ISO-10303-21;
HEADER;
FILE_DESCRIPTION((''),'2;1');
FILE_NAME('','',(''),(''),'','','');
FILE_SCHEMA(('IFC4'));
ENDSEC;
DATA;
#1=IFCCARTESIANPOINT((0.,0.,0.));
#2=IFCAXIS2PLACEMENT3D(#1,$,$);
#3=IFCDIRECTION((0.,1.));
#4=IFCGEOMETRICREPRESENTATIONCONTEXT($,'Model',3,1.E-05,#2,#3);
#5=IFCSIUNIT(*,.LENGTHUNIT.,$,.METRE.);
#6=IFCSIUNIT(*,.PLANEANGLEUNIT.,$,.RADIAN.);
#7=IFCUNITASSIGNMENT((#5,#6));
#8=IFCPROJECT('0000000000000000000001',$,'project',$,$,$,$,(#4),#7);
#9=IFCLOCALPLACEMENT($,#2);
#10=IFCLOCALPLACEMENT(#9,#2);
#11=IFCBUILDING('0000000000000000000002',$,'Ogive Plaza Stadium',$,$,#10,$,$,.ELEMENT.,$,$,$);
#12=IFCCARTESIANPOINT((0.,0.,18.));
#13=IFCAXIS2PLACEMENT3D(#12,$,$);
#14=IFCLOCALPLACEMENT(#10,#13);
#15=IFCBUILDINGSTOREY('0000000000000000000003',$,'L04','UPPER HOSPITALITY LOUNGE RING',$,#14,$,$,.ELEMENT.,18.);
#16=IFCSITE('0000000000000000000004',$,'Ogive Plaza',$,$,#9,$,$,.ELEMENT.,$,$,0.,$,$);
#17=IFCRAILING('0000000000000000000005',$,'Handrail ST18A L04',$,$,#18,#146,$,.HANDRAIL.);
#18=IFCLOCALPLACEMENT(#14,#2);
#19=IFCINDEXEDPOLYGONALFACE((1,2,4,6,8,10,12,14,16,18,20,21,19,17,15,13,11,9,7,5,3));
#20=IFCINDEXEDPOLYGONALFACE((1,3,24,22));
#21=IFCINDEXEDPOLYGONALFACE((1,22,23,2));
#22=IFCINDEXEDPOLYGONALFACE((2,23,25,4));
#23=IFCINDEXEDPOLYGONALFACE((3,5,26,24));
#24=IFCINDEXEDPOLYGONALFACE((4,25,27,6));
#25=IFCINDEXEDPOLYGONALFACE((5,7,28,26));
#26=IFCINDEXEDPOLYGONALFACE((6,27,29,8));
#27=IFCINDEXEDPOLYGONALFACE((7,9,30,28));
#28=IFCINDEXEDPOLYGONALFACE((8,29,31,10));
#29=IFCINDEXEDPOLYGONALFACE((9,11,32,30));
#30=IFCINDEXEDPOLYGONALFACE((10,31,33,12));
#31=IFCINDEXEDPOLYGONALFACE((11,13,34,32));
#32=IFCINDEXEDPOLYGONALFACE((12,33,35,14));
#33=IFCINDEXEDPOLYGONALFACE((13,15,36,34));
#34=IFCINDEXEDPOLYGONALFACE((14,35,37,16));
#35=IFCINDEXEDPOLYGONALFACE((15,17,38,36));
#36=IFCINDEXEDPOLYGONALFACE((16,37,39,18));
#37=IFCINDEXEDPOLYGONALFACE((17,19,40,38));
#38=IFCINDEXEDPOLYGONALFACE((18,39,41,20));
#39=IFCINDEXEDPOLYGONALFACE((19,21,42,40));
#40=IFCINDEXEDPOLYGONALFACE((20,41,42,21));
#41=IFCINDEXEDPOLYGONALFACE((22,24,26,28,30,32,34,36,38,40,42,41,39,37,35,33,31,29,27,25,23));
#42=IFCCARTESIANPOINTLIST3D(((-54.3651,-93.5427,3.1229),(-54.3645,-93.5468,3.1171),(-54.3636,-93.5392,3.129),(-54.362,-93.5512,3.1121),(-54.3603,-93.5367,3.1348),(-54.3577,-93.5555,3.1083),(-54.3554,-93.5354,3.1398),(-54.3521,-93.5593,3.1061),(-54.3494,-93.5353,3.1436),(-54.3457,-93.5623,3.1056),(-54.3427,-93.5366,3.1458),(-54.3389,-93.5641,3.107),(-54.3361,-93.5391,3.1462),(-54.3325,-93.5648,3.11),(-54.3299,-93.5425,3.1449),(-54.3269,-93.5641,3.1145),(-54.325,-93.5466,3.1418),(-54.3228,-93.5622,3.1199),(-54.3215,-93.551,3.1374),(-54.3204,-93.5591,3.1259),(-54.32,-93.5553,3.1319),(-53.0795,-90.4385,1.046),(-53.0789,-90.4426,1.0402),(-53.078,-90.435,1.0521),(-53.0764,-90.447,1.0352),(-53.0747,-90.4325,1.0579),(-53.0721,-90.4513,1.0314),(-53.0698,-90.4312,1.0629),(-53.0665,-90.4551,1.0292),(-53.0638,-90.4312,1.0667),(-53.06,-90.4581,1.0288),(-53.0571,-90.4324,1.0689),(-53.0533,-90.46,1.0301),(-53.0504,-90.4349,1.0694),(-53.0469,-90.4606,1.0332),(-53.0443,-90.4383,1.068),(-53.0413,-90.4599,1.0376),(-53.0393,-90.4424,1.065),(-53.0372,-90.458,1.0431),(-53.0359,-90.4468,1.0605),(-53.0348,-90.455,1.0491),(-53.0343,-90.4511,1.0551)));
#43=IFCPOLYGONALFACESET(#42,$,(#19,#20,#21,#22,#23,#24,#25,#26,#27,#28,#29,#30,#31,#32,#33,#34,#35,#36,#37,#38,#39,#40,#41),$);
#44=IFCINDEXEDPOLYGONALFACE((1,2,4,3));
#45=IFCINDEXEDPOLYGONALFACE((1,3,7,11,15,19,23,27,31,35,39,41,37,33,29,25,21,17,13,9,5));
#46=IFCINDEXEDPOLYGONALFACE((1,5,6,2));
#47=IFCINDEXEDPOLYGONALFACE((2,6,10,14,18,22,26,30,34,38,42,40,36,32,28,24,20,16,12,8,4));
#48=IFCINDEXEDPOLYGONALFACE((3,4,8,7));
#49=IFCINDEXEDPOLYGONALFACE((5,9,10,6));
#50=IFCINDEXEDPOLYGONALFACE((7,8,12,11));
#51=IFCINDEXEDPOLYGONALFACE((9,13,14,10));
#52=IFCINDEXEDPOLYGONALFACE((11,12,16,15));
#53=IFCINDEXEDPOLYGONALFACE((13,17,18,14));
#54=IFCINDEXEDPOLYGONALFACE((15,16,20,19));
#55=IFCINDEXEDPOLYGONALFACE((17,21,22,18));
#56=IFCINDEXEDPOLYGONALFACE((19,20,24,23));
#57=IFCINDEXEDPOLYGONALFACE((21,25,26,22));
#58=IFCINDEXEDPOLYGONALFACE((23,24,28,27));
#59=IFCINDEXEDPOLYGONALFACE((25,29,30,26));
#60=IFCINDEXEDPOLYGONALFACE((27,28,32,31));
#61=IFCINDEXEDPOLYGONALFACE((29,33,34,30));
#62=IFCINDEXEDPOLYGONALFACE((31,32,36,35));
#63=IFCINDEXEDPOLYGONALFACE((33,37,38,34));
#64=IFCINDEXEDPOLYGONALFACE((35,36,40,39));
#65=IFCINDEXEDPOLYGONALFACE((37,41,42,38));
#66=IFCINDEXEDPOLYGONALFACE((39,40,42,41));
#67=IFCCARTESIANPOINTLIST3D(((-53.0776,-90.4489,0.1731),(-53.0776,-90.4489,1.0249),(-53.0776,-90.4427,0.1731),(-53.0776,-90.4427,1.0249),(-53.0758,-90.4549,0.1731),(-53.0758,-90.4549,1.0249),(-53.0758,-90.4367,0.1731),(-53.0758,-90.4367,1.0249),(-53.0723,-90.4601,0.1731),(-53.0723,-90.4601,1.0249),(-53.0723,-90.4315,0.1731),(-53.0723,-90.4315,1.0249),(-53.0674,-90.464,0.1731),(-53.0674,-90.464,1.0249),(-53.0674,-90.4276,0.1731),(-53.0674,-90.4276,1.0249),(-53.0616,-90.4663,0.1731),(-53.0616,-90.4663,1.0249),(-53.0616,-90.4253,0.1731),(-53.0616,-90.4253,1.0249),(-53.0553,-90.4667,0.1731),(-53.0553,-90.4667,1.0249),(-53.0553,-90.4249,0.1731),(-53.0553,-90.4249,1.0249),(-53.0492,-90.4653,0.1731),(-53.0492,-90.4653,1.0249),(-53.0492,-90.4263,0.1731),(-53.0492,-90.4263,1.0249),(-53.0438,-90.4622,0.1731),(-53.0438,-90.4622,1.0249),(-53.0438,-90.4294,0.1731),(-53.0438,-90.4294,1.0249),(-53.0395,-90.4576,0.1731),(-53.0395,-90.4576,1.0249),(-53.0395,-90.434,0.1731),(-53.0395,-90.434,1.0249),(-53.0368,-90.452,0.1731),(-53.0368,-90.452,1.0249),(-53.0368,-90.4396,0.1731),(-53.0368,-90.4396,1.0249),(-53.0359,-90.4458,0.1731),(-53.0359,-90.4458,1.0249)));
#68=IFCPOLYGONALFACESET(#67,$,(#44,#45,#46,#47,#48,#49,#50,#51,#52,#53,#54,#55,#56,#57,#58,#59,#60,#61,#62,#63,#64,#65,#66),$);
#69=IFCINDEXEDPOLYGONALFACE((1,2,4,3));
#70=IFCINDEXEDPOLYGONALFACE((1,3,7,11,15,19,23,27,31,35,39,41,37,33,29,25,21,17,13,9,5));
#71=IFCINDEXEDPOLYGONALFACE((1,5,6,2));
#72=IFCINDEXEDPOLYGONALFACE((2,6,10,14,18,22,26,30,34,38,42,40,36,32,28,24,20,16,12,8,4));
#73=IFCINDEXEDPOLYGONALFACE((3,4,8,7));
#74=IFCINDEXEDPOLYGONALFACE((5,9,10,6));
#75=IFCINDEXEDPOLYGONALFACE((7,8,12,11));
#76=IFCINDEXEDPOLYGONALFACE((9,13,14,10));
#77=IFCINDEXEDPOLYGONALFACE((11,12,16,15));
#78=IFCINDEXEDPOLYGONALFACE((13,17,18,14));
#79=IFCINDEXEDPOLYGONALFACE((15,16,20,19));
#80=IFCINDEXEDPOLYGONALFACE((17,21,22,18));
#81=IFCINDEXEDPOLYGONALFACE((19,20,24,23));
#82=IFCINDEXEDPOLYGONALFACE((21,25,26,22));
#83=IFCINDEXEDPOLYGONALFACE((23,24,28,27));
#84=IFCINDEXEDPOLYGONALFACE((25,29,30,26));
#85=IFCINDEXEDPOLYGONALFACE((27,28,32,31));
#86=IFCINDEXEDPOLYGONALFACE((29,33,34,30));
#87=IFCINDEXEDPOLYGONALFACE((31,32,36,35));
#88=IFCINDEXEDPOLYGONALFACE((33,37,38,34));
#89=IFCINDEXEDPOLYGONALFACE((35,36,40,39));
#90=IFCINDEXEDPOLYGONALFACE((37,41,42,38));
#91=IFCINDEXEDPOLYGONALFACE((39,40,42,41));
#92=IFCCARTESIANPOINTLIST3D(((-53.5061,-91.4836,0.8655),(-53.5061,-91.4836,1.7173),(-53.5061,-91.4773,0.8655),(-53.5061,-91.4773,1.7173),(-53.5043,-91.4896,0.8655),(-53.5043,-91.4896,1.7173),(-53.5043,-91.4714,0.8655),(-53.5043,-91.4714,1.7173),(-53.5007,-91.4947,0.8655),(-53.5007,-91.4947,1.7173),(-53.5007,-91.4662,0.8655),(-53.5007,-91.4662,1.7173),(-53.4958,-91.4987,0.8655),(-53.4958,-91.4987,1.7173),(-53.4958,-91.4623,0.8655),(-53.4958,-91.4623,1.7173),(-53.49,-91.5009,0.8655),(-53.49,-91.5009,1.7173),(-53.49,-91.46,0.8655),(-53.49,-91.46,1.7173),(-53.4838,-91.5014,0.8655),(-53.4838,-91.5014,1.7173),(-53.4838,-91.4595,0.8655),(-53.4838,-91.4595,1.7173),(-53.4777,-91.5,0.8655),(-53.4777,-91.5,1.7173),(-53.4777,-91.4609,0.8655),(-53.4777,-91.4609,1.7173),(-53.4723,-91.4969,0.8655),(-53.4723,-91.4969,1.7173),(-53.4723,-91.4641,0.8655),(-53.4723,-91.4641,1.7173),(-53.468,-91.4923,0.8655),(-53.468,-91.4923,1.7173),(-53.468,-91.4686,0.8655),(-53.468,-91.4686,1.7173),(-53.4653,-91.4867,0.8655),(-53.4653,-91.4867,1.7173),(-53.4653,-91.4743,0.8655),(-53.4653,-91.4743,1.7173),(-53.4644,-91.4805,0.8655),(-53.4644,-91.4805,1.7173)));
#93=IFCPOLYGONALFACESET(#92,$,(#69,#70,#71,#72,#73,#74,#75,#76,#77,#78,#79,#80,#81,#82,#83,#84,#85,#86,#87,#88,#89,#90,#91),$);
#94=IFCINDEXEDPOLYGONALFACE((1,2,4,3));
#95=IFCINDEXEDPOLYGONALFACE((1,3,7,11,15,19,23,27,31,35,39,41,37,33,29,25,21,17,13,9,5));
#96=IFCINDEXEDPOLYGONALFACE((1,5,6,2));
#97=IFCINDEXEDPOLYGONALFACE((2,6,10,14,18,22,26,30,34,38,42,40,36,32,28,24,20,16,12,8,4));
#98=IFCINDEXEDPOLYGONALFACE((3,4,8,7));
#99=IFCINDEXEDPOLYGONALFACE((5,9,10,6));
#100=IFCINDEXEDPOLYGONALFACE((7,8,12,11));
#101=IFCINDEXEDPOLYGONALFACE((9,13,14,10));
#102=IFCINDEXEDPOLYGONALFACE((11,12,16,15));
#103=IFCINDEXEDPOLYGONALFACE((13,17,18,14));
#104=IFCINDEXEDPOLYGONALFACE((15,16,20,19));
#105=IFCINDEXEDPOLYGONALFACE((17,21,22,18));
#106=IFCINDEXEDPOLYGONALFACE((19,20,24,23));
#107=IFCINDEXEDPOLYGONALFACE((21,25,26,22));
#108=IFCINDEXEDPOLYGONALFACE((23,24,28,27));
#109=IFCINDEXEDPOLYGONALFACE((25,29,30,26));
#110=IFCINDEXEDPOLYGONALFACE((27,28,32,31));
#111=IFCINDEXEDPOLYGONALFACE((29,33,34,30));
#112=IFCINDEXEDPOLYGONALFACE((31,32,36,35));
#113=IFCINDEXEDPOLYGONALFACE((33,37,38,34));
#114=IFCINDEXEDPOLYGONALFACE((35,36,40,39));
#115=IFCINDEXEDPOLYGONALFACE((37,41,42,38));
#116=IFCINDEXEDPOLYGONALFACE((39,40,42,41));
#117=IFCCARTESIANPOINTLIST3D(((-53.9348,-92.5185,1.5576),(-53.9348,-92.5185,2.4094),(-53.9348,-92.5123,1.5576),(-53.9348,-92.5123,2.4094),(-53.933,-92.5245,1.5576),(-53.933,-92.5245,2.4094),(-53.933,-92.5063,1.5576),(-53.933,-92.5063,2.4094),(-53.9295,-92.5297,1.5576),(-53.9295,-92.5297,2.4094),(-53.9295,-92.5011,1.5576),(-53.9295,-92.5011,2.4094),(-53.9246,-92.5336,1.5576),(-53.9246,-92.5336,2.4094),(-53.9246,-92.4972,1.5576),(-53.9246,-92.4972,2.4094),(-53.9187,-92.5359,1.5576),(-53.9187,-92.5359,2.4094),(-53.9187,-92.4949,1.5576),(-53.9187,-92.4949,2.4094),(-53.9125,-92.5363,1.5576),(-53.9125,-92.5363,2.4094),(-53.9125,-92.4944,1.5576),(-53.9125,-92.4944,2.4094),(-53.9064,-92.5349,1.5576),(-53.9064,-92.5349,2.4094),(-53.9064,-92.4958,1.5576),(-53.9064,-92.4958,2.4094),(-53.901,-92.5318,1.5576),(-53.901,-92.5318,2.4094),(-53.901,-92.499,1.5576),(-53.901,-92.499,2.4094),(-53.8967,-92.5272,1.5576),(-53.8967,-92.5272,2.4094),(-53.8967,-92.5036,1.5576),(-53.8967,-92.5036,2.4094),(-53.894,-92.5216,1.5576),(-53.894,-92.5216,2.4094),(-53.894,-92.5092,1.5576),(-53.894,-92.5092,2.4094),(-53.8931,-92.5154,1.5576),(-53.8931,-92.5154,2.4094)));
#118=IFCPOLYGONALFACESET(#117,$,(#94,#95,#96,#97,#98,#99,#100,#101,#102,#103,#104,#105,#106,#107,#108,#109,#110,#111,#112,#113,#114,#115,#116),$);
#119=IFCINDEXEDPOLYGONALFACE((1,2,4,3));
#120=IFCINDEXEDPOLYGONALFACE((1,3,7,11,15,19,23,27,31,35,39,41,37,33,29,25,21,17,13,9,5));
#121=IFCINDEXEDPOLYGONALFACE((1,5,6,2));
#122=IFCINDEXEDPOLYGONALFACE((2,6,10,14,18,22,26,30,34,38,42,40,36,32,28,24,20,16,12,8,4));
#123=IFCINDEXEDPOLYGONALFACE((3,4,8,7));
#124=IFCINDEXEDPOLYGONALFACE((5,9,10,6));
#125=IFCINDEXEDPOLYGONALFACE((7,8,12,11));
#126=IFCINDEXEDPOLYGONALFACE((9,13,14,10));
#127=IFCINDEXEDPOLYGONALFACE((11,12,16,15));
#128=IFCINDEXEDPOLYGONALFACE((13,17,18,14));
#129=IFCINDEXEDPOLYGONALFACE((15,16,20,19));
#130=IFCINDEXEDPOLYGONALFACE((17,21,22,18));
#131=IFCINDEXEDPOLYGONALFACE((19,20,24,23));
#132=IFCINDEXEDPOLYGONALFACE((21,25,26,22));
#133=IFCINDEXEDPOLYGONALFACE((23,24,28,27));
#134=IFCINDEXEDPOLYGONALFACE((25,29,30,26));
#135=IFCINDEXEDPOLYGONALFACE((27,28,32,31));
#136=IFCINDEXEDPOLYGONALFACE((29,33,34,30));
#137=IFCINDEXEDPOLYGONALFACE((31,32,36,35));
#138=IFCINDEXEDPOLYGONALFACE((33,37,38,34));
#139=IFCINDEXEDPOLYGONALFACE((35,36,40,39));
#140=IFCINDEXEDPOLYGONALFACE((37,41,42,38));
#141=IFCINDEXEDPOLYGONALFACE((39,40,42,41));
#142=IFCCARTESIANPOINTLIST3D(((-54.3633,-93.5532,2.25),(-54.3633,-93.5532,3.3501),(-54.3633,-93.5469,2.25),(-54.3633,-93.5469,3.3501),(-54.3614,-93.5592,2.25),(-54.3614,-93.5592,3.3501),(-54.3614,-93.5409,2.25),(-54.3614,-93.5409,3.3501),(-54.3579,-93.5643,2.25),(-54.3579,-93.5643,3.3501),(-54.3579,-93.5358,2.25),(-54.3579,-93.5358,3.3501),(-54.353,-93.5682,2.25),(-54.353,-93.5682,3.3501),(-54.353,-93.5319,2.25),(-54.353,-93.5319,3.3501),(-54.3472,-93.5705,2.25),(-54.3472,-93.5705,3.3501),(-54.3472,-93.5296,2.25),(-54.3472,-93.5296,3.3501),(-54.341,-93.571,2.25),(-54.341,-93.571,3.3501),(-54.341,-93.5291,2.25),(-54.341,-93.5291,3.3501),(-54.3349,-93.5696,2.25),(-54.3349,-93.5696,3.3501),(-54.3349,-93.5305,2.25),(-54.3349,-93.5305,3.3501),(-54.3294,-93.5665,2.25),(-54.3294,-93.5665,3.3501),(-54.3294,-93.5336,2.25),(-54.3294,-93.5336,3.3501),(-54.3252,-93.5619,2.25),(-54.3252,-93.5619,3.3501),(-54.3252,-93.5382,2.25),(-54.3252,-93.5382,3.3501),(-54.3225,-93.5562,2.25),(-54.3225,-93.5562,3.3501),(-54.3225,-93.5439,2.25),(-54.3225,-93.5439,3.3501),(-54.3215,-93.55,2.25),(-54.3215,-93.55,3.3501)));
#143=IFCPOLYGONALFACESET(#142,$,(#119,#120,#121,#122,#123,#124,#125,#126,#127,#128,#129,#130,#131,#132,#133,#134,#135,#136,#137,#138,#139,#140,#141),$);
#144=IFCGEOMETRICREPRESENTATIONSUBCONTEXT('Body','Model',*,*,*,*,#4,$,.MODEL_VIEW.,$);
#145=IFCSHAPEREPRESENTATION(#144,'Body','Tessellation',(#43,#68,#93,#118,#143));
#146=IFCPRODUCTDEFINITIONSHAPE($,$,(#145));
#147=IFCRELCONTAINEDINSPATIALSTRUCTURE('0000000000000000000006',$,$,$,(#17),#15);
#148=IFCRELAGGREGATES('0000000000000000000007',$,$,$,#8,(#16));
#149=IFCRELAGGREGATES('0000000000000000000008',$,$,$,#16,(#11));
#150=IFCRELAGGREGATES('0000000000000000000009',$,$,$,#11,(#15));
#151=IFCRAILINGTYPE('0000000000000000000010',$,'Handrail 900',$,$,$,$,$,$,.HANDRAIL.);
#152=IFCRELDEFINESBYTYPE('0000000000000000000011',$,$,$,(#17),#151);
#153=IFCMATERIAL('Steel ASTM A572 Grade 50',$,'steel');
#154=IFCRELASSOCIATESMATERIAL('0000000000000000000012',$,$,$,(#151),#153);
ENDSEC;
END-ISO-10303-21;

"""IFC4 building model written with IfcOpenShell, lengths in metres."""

from ifc_helpers import new_model, si_unit, direction, frame, origin, origin_2d, place, context, subcontext, project, spatial, circle, extrude, material, type_object, element, save


model = new_model("IFC4")

# Units and contexts
model_context = context("Model", 3, precision=1e-05, world=origin(), true_north=direction((0.0, 1.0)))
body_context = subcontext(model_context, "Body", "Model", "MODEL_VIEW")
ifc_project = project(units=[si_unit("LENGTHUNIT", "METRE"), si_unit("PLANEANGLEUNIT", "RADIAN")], contexts=[model_context])

# Site, building, storey
site_placement = place(None, origin())
site = spatial("IfcSite", under=ifc_project, at=site_placement, Name="Ogive Plaza", CompositionType="ELEMENT", RefElevation=0.0)
building_placement = place(site_placement, origin())
building = spatial("IfcBuilding", under=site, at=building_placement, Name="Ogive Plaza Stadium", CompositionType="ELEMENT")
storey_placement = place(building_placement, frame((0.0, 0.0, 18.0)))
storey = spatial("IfcBuildingStorey", under=building, at=storey_placement, Name="L04", Description="UPPER HOSPITALITY LOUNGE RING", CompositionType="ELEMENT", Elevation=18.0)

# Railing
ifc_material_1 = material(Name="Steel ASTM A572 Grade 50", Category="steel")
railing_type_1 = type_object("IfcRailingType", Name="Handrail 900", PredefinedType="HANDRAIL", material=ifc_material_1)
railing_1_placement = place(storey_placement, frame((-53.0569, -90.4458, 0.1731)))
element("IfcRailing", 1, at=railing_1_placement, inside=storey, type_object=railing_type_1, Name="Handrail ST18A L04", PredefinedType="HANDRAIL", context=body_context, shape_type="SweptSolid", body=[
    extrude(circle(Radius=0.0239, at=origin_2d()), frame((0.0, 0.0, 0.876), z_axis=(-0.325477, -0.785879, 0.525794), x_axis=(0.923898, -0.382638, 0.0)), (0.0, 0.0, 1.0), 3.95),
    extrude(circle(Radius=0.021, at=origin_2d()), origin(), (0.0, 0.0, 1.0), 0.8518),
    extrude(circle(Radius=0.021, at=origin_2d()), frame((-0.4285, -1.0347, 0.6924)), (0.0, 0.0, 1.0), 0.8518),
    extrude(circle(Radius=0.021, at=origin_2d()), frame((-0.8572, -2.0696, 1.3845)), (0.0, 0.0, 1.0), 0.8518),
    extrude(circle(Radius=0.021, at=origin_2d()), frame((-1.2856, -3.1042, 2.0769)), (0.0, 0.0, 1.0), 1.1001),
])

save(model, "model.ifc")
